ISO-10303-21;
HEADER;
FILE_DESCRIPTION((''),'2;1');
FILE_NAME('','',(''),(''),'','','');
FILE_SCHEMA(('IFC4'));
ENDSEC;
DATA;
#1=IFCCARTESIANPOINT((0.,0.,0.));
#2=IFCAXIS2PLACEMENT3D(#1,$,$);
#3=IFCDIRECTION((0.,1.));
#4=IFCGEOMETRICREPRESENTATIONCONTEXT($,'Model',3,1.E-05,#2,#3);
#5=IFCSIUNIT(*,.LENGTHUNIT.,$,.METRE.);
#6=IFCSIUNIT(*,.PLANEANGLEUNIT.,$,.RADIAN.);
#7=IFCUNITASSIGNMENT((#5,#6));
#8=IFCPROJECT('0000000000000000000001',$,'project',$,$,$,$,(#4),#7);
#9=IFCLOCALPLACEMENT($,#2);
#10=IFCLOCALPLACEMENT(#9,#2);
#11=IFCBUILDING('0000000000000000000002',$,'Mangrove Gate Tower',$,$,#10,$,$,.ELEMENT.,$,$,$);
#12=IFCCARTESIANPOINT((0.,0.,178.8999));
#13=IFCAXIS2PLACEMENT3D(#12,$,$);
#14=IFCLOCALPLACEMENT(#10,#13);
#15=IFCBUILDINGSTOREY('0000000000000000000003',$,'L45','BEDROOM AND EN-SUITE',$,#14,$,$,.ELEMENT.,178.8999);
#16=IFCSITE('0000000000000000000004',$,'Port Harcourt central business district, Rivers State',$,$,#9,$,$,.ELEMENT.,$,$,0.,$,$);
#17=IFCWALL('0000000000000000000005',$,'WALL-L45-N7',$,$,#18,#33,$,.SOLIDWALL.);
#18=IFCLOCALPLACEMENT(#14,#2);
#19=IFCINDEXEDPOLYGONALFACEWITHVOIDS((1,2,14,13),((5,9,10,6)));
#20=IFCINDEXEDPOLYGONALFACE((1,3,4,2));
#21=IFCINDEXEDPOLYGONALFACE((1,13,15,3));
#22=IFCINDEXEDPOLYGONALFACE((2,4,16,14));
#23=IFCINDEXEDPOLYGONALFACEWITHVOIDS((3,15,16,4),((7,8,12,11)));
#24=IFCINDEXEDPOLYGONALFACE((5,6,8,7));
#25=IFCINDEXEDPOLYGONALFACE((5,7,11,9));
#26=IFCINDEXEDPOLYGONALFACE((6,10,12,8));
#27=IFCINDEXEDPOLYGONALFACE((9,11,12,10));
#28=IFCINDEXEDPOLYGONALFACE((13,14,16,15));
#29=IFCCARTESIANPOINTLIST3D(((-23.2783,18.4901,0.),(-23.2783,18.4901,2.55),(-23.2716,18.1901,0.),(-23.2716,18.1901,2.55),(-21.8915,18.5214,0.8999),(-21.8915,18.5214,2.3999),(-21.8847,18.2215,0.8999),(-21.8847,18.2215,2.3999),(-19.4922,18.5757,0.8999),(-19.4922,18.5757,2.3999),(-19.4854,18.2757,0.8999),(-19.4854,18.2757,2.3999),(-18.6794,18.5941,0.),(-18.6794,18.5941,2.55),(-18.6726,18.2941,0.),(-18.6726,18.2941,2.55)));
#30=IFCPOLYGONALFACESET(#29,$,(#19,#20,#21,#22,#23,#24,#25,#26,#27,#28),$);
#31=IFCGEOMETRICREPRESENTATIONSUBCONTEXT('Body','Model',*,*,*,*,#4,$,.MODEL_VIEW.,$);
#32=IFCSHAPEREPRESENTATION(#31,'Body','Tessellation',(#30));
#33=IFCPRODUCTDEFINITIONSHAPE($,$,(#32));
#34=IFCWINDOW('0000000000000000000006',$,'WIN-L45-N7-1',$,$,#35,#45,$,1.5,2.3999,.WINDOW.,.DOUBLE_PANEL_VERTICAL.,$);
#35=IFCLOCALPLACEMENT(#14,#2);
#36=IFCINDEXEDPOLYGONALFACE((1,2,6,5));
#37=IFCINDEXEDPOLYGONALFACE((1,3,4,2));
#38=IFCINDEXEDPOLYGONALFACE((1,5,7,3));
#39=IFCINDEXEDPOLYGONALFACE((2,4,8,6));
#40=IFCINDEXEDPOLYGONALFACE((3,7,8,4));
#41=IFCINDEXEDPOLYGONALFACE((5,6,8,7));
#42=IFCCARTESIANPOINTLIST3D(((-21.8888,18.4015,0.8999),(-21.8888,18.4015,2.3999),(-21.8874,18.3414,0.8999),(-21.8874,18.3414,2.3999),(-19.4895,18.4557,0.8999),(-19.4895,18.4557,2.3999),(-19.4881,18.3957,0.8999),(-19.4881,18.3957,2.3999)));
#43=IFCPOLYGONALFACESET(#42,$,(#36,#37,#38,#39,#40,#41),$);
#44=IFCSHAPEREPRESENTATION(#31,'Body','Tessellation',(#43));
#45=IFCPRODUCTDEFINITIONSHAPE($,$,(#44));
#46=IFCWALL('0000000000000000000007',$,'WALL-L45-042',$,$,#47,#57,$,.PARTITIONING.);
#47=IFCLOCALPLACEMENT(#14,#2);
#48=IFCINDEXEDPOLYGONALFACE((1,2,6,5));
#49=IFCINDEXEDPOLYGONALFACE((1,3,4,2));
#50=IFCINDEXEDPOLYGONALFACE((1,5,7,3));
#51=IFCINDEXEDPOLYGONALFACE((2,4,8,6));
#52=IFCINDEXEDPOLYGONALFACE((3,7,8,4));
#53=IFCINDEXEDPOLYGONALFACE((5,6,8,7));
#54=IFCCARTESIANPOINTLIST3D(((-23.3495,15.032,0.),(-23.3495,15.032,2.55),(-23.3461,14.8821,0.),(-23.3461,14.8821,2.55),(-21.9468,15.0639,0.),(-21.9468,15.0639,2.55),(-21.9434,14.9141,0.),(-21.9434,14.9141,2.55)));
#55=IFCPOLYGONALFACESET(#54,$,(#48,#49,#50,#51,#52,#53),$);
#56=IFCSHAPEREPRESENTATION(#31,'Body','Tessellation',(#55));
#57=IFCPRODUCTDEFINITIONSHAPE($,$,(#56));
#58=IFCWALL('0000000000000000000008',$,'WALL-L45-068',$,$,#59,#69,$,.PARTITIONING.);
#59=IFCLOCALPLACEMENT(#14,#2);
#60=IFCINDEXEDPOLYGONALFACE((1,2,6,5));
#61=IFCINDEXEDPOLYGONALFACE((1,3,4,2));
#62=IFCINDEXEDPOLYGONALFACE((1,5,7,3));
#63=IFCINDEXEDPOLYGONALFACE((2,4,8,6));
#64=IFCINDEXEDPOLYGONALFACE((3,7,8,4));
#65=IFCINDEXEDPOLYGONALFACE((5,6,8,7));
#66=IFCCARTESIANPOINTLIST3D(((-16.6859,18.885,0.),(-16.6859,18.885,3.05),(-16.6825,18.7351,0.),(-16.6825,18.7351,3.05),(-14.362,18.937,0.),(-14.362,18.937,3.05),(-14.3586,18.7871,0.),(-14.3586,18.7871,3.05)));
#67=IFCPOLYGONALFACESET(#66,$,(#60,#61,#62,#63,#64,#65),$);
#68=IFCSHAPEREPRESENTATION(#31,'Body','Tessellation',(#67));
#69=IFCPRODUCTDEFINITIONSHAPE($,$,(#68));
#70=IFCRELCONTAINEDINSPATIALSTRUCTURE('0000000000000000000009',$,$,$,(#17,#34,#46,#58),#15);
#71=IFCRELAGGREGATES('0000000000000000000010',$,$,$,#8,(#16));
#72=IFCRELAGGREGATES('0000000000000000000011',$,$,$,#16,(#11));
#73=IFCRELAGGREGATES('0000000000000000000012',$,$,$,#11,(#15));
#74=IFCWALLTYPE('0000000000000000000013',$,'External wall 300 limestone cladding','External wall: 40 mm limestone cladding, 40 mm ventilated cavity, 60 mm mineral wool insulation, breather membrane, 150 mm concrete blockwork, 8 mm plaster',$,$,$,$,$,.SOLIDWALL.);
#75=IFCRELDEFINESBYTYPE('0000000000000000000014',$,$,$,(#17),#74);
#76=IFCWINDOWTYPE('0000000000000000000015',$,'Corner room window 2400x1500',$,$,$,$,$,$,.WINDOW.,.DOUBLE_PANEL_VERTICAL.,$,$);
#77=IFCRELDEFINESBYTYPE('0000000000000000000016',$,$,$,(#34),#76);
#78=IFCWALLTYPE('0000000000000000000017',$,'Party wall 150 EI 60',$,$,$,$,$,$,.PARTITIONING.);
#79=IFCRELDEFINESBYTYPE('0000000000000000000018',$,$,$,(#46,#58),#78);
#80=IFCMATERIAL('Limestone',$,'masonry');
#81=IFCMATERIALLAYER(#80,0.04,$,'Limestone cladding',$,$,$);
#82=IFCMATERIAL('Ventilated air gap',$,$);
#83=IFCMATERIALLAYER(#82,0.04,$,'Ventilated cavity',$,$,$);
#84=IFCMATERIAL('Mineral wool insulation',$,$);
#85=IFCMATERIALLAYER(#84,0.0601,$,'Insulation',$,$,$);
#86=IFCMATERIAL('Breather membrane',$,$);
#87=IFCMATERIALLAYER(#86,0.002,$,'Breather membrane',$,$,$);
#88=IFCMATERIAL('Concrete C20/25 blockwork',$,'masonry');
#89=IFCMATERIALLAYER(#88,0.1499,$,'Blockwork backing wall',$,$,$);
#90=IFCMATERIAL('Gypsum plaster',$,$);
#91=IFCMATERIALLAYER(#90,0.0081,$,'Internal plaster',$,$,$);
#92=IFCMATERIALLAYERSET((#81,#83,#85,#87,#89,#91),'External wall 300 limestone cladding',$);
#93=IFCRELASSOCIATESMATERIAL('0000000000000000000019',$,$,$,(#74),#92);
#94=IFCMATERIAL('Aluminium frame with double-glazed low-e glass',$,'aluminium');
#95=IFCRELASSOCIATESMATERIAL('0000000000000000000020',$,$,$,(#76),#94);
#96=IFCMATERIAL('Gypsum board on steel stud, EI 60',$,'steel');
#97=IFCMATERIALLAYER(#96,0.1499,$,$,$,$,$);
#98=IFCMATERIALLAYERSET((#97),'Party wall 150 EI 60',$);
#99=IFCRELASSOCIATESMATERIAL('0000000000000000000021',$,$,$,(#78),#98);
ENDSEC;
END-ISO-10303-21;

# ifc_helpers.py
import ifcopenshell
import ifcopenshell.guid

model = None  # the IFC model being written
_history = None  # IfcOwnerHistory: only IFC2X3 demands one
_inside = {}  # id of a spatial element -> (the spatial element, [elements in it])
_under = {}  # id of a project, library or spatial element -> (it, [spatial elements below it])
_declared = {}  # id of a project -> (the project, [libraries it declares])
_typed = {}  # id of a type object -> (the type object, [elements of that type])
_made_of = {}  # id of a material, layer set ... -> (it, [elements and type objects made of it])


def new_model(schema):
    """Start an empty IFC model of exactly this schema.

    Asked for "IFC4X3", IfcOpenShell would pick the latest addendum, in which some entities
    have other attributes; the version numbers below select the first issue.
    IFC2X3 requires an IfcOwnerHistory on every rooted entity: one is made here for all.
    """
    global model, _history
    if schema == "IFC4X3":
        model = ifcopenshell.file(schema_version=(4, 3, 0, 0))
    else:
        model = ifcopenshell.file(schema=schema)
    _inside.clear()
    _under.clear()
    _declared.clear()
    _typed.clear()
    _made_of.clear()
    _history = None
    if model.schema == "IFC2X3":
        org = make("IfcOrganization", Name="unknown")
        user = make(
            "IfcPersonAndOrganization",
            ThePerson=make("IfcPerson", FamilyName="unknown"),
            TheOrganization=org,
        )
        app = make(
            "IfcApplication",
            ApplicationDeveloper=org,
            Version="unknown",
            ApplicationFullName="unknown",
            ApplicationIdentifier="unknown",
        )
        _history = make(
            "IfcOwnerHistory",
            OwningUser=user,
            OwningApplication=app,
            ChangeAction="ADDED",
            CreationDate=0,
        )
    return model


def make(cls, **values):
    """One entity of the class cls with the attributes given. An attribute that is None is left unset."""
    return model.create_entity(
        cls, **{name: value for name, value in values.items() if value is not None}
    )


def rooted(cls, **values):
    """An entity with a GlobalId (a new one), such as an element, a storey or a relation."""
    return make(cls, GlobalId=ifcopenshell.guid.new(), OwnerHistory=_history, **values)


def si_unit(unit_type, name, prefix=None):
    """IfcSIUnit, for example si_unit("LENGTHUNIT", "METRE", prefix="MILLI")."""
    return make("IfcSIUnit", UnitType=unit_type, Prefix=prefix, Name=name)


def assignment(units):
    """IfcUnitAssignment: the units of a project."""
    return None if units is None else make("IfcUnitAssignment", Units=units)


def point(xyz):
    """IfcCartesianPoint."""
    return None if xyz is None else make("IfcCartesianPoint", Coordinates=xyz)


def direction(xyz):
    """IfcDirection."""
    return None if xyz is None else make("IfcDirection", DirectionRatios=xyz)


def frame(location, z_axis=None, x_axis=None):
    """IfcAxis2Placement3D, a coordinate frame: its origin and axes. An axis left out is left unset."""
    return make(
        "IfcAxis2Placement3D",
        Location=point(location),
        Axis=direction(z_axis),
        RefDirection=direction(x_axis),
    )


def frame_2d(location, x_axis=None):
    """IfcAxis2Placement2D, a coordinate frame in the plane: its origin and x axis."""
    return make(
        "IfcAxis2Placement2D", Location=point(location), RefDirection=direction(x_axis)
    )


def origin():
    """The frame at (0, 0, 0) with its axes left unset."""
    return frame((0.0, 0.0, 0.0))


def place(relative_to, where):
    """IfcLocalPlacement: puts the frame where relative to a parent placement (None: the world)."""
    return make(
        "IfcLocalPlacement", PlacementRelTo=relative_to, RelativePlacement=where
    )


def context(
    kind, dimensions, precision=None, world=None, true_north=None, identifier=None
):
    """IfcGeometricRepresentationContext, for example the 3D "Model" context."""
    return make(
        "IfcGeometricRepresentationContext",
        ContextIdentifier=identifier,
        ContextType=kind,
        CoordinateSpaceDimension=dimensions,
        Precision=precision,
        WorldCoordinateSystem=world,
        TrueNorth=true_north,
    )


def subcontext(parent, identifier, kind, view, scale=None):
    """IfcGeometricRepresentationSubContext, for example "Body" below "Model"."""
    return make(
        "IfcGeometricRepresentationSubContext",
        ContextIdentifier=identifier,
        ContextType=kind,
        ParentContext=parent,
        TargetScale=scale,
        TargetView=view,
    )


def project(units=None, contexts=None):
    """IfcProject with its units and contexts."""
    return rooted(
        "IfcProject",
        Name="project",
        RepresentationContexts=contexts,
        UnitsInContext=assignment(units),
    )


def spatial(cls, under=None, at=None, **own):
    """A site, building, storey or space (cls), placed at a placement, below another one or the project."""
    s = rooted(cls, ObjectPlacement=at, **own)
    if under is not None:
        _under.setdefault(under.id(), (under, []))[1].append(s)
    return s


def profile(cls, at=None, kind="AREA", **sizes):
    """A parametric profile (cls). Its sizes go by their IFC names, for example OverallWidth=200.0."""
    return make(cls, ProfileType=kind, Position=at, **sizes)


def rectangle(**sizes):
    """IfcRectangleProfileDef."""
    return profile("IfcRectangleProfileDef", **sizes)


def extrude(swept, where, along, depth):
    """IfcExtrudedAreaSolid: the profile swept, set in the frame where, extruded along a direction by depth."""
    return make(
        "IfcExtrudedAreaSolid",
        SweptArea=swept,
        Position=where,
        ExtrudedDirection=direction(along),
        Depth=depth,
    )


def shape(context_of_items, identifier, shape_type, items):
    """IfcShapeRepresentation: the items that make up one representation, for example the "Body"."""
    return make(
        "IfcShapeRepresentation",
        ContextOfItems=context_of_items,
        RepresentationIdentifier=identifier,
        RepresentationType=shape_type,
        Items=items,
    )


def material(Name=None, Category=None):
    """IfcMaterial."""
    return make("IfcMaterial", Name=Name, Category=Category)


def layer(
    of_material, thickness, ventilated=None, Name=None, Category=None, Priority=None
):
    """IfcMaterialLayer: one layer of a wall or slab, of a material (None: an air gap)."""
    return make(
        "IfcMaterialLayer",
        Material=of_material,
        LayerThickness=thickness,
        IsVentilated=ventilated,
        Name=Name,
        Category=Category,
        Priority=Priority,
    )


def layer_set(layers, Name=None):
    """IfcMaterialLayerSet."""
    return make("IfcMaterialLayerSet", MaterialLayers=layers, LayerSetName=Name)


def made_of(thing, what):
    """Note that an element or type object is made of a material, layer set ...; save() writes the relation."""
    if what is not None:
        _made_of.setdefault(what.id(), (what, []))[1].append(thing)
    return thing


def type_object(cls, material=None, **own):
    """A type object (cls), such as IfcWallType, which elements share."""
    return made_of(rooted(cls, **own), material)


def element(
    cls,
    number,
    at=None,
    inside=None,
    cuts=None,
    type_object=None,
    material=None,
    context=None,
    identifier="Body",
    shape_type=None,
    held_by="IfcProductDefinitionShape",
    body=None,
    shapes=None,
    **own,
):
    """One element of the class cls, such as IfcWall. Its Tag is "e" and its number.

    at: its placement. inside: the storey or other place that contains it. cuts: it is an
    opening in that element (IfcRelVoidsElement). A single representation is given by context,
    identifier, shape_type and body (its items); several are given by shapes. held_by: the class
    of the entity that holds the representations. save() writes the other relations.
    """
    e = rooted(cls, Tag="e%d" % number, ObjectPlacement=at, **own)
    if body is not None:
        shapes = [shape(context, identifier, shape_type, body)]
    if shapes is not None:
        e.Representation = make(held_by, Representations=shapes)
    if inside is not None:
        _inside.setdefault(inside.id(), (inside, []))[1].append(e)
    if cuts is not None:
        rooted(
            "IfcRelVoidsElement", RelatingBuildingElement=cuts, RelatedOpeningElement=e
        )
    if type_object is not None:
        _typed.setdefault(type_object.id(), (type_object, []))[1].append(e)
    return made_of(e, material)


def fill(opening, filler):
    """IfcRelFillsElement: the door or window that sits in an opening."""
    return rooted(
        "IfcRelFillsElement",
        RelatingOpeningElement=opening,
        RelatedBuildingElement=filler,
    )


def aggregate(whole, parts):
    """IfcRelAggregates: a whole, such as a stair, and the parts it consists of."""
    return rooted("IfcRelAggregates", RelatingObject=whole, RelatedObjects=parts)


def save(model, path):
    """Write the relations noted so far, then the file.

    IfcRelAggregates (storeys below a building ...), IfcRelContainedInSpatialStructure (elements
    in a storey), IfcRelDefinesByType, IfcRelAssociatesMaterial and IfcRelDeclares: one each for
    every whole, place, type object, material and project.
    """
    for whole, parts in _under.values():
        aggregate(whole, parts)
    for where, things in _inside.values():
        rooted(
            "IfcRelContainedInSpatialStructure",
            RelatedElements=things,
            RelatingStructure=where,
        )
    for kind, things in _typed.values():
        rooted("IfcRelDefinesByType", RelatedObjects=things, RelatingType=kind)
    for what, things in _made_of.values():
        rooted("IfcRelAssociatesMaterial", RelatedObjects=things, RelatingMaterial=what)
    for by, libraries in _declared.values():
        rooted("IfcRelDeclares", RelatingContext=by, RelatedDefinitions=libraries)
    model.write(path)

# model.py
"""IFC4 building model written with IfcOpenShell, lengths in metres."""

from ifc_helpers import new_model, si_unit, direction, frame, frame_2d, origin, place, context, subcontext, project, spatial, rectangle, extrude, material, layer, layer_set, type_object, element, fill, save


model = new_model("IFC4")

# Units and contexts
model_context = context("Model", 3, precision=1e-05, world=origin(), true_north=direction((0.0, 1.0)))
body_context = subcontext(model_context, "Body", "Model", "MODEL_VIEW")
ifc_project = project(units=[si_unit("LENGTHUNIT", "METRE"), si_unit("PLANEANGLEUNIT", "RADIAN")], contexts=[model_context])

# Site, building, storey
site_placement = place(None, origin())
site = spatial("IfcSite", under=ifc_project, at=site_placement, Name="Port Harcourt central business district, Rivers State", CompositionType="ELEMENT", RefElevation=0.0)
building_placement = place(site_placement, origin())
building = spatial("IfcBuilding", under=site, at=building_placement, Name="Mangrove Gate Tower", CompositionType="ELEMENT")
storey_placement = place(building_placement, frame((0.0, 0.0, 178.8999)))
storey = spatial("IfcBuildingStorey", under=building, at=storey_placement, Name="L45", Description="BEDROOM AND EN-SUITE", CompositionType="ELEMENT", Elevation=178.8999)

# Wall, opening, window
ifc_material_1 = material(Name="Limestone", Category="masonry")
ifc_layer_1 = layer(ifc_material_1, 0.04, Name="Limestone cladding")
ifc_material_2 = material(Name="Ventilated air gap")
ifc_layer_2 = layer(ifc_material_2, 0.04, Name="Ventilated cavity")
ifc_material_3 = material(Name="Mineral wool insulation")
ifc_layer_3 = layer(ifc_material_3, 0.0601, Name="Insulation")
ifc_material_4 = material(Name="Breather membrane")
ifc_layer_4 = layer(ifc_material_4, 0.002, Name="Breather membrane")
ifc_material_5 = material(Name="Concrete C20/25 blockwork", Category="masonry")
ifc_layer_5 = layer(ifc_material_5, 0.1499, Name="Blockwork backing wall")
ifc_material_6 = material(Name="Gypsum plaster")
ifc_layer_6 = layer(ifc_material_6, 0.0081, Name="Internal plaster")
ifc_layer_set_1 = layer_set([ifc_layer_1, ifc_layer_2, ifc_layer_3, ifc_layer_4, ifc_layer_5, ifc_layer_6], Name="External wall 300 limestone cladding")
wall_type_1 = type_object("IfcWallType", Name="External wall 300 limestone cladding", Description="External wall: 40 mm limestone cladding, 40 mm ventilated cavity, 60 mm mineral wool insulation, breather membrane, 150 mm concrete blockwork, 8 mm plaster", PredefinedType="SOLIDWALL", material=ifc_layer_set_1)
ifc_material_7 = material(Name="Aluminium frame with double-glazed low-e glass", Category="aluminium")
window_type = type_object("IfcWindowType", Name="Corner room window 2400x1500", PartitioningType="DOUBLE_PANEL_VERTICAL", PredefinedType="WINDOW", material=ifc_material_7)
wall_1_placement = place(storey_placement, frame((-18.676, 18.4441, 0.0), z_axis=(0.0, 0.0, 1.0), x_axis=(-0.999744, -0.022609, 0.0)))
wall_1 = element("IfcWall", 1, at=wall_1_placement, inside=storey, type_object=wall_type_1, Name="WALL-L45-N7", PredefinedType="SOLIDWALL", context=body_context, shape_type="SweptSolid", body=[
    extrude(rectangle(XDim=4.6001, YDim=0.3, at=frame_2d((2.3, 0.0))), origin(), (0.0, 0.0, 1.0), 2.55),
])
opening_1_placement = place(wall_1_placement, frame((0.813, 0.0, 0.8999)))
opening_1 = element("IfcOpeningElement", 2, at=opening_1_placement, cuts=wall_1, PredefinedType="OPENING", context=body_context, shape_type="SweptSolid", body=[
    extrude(rectangle(XDim=2.3999, YDim=1.5, at=frame_2d((1.2, 0.75))), frame((0.0, 0.1599, 0.0), z_axis=(0.0, -1.0, 0.0), x_axis=(1.0, 0.0, 0.0)), (0.0, 0.0, 1.0), 0.3201),
])
window_1_placement = place(opening_1_placement, origin())
window_1 = element("IfcWindow", 3, at=window_1_placement, inside=storey, type_object=window_type, Name="WIN-L45-N7-1", OverallHeight=1.5, OverallWidth=2.3999, PartitioningType="DOUBLE_PANEL_VERTICAL", PredefinedType="WINDOW", context=body_context, shape_type="SweptSolid", body=[
    extrude(rectangle(XDim=2.3999, YDim=1.5, at=frame_2d((1.2, 0.75))), frame((0.0, 0.03, 0.0), z_axis=(0.0, -1.0, 0.0), x_axis=(1.0, 0.0, 0.0)), (0.0, 0.0, 1.0), 0.0601),
])
fill(opening_1, window_1)

# Walls
ifc_material_8 = material(Name="Gypsum board on steel stud, EI 60", Category="steel")
ifc_layer_7 = layer(ifc_material_8, 0.1499)
ifc_layer_set_2 = layer_set([ifc_layer_7], Name="Party wall 150 EI 60")
wall_type_2 = type_object("IfcWallType", Name="Party wall 150 EI 60", PredefinedType="PARTITIONING", material=ifc_layer_set_2)
wall_2_placement = place(storey_placement, frame((-23.3479, 14.957, 0.0), z_axis=(0.0, 0.0, 1.0), x_axis=(0.99974, 0.022793, 0.0)))
element("IfcWall", 4, at=wall_2_placement, inside=storey, type_object=wall_type_2, Name="WALL-L45-042", PredefinedType="PARTITIONING", context=body_context, shape_type="SweptSolid", body=[
    extrude(rectangle(XDim=1.4031, YDim=0.1499, at=frame_2d((0.7017, 0.0))), origin(), (0.0, 0.0, 1.0), 2.55),
])
wall_3_placement = place(storey_placement, frame((-16.6841, 18.8101, 0.0), z_axis=(0.0, 0.0, 1.0), x_axis=(0.99975, 0.022371, 0.0)))
element("IfcWall", 5, at=wall_3_placement, inside=storey, type_object=wall_type_2, Name="WALL-L45-068", PredefinedType="PARTITIONING", context=body_context, shape_type="SweptSolid", body=[
    extrude(rectangle(XDim=2.3245, YDim=0.1499, at=frame_2d((1.1621, 0.0))), origin(), (0.0, 0.0, 1.0), 3.05),
])

save(model, "model.ifc")
